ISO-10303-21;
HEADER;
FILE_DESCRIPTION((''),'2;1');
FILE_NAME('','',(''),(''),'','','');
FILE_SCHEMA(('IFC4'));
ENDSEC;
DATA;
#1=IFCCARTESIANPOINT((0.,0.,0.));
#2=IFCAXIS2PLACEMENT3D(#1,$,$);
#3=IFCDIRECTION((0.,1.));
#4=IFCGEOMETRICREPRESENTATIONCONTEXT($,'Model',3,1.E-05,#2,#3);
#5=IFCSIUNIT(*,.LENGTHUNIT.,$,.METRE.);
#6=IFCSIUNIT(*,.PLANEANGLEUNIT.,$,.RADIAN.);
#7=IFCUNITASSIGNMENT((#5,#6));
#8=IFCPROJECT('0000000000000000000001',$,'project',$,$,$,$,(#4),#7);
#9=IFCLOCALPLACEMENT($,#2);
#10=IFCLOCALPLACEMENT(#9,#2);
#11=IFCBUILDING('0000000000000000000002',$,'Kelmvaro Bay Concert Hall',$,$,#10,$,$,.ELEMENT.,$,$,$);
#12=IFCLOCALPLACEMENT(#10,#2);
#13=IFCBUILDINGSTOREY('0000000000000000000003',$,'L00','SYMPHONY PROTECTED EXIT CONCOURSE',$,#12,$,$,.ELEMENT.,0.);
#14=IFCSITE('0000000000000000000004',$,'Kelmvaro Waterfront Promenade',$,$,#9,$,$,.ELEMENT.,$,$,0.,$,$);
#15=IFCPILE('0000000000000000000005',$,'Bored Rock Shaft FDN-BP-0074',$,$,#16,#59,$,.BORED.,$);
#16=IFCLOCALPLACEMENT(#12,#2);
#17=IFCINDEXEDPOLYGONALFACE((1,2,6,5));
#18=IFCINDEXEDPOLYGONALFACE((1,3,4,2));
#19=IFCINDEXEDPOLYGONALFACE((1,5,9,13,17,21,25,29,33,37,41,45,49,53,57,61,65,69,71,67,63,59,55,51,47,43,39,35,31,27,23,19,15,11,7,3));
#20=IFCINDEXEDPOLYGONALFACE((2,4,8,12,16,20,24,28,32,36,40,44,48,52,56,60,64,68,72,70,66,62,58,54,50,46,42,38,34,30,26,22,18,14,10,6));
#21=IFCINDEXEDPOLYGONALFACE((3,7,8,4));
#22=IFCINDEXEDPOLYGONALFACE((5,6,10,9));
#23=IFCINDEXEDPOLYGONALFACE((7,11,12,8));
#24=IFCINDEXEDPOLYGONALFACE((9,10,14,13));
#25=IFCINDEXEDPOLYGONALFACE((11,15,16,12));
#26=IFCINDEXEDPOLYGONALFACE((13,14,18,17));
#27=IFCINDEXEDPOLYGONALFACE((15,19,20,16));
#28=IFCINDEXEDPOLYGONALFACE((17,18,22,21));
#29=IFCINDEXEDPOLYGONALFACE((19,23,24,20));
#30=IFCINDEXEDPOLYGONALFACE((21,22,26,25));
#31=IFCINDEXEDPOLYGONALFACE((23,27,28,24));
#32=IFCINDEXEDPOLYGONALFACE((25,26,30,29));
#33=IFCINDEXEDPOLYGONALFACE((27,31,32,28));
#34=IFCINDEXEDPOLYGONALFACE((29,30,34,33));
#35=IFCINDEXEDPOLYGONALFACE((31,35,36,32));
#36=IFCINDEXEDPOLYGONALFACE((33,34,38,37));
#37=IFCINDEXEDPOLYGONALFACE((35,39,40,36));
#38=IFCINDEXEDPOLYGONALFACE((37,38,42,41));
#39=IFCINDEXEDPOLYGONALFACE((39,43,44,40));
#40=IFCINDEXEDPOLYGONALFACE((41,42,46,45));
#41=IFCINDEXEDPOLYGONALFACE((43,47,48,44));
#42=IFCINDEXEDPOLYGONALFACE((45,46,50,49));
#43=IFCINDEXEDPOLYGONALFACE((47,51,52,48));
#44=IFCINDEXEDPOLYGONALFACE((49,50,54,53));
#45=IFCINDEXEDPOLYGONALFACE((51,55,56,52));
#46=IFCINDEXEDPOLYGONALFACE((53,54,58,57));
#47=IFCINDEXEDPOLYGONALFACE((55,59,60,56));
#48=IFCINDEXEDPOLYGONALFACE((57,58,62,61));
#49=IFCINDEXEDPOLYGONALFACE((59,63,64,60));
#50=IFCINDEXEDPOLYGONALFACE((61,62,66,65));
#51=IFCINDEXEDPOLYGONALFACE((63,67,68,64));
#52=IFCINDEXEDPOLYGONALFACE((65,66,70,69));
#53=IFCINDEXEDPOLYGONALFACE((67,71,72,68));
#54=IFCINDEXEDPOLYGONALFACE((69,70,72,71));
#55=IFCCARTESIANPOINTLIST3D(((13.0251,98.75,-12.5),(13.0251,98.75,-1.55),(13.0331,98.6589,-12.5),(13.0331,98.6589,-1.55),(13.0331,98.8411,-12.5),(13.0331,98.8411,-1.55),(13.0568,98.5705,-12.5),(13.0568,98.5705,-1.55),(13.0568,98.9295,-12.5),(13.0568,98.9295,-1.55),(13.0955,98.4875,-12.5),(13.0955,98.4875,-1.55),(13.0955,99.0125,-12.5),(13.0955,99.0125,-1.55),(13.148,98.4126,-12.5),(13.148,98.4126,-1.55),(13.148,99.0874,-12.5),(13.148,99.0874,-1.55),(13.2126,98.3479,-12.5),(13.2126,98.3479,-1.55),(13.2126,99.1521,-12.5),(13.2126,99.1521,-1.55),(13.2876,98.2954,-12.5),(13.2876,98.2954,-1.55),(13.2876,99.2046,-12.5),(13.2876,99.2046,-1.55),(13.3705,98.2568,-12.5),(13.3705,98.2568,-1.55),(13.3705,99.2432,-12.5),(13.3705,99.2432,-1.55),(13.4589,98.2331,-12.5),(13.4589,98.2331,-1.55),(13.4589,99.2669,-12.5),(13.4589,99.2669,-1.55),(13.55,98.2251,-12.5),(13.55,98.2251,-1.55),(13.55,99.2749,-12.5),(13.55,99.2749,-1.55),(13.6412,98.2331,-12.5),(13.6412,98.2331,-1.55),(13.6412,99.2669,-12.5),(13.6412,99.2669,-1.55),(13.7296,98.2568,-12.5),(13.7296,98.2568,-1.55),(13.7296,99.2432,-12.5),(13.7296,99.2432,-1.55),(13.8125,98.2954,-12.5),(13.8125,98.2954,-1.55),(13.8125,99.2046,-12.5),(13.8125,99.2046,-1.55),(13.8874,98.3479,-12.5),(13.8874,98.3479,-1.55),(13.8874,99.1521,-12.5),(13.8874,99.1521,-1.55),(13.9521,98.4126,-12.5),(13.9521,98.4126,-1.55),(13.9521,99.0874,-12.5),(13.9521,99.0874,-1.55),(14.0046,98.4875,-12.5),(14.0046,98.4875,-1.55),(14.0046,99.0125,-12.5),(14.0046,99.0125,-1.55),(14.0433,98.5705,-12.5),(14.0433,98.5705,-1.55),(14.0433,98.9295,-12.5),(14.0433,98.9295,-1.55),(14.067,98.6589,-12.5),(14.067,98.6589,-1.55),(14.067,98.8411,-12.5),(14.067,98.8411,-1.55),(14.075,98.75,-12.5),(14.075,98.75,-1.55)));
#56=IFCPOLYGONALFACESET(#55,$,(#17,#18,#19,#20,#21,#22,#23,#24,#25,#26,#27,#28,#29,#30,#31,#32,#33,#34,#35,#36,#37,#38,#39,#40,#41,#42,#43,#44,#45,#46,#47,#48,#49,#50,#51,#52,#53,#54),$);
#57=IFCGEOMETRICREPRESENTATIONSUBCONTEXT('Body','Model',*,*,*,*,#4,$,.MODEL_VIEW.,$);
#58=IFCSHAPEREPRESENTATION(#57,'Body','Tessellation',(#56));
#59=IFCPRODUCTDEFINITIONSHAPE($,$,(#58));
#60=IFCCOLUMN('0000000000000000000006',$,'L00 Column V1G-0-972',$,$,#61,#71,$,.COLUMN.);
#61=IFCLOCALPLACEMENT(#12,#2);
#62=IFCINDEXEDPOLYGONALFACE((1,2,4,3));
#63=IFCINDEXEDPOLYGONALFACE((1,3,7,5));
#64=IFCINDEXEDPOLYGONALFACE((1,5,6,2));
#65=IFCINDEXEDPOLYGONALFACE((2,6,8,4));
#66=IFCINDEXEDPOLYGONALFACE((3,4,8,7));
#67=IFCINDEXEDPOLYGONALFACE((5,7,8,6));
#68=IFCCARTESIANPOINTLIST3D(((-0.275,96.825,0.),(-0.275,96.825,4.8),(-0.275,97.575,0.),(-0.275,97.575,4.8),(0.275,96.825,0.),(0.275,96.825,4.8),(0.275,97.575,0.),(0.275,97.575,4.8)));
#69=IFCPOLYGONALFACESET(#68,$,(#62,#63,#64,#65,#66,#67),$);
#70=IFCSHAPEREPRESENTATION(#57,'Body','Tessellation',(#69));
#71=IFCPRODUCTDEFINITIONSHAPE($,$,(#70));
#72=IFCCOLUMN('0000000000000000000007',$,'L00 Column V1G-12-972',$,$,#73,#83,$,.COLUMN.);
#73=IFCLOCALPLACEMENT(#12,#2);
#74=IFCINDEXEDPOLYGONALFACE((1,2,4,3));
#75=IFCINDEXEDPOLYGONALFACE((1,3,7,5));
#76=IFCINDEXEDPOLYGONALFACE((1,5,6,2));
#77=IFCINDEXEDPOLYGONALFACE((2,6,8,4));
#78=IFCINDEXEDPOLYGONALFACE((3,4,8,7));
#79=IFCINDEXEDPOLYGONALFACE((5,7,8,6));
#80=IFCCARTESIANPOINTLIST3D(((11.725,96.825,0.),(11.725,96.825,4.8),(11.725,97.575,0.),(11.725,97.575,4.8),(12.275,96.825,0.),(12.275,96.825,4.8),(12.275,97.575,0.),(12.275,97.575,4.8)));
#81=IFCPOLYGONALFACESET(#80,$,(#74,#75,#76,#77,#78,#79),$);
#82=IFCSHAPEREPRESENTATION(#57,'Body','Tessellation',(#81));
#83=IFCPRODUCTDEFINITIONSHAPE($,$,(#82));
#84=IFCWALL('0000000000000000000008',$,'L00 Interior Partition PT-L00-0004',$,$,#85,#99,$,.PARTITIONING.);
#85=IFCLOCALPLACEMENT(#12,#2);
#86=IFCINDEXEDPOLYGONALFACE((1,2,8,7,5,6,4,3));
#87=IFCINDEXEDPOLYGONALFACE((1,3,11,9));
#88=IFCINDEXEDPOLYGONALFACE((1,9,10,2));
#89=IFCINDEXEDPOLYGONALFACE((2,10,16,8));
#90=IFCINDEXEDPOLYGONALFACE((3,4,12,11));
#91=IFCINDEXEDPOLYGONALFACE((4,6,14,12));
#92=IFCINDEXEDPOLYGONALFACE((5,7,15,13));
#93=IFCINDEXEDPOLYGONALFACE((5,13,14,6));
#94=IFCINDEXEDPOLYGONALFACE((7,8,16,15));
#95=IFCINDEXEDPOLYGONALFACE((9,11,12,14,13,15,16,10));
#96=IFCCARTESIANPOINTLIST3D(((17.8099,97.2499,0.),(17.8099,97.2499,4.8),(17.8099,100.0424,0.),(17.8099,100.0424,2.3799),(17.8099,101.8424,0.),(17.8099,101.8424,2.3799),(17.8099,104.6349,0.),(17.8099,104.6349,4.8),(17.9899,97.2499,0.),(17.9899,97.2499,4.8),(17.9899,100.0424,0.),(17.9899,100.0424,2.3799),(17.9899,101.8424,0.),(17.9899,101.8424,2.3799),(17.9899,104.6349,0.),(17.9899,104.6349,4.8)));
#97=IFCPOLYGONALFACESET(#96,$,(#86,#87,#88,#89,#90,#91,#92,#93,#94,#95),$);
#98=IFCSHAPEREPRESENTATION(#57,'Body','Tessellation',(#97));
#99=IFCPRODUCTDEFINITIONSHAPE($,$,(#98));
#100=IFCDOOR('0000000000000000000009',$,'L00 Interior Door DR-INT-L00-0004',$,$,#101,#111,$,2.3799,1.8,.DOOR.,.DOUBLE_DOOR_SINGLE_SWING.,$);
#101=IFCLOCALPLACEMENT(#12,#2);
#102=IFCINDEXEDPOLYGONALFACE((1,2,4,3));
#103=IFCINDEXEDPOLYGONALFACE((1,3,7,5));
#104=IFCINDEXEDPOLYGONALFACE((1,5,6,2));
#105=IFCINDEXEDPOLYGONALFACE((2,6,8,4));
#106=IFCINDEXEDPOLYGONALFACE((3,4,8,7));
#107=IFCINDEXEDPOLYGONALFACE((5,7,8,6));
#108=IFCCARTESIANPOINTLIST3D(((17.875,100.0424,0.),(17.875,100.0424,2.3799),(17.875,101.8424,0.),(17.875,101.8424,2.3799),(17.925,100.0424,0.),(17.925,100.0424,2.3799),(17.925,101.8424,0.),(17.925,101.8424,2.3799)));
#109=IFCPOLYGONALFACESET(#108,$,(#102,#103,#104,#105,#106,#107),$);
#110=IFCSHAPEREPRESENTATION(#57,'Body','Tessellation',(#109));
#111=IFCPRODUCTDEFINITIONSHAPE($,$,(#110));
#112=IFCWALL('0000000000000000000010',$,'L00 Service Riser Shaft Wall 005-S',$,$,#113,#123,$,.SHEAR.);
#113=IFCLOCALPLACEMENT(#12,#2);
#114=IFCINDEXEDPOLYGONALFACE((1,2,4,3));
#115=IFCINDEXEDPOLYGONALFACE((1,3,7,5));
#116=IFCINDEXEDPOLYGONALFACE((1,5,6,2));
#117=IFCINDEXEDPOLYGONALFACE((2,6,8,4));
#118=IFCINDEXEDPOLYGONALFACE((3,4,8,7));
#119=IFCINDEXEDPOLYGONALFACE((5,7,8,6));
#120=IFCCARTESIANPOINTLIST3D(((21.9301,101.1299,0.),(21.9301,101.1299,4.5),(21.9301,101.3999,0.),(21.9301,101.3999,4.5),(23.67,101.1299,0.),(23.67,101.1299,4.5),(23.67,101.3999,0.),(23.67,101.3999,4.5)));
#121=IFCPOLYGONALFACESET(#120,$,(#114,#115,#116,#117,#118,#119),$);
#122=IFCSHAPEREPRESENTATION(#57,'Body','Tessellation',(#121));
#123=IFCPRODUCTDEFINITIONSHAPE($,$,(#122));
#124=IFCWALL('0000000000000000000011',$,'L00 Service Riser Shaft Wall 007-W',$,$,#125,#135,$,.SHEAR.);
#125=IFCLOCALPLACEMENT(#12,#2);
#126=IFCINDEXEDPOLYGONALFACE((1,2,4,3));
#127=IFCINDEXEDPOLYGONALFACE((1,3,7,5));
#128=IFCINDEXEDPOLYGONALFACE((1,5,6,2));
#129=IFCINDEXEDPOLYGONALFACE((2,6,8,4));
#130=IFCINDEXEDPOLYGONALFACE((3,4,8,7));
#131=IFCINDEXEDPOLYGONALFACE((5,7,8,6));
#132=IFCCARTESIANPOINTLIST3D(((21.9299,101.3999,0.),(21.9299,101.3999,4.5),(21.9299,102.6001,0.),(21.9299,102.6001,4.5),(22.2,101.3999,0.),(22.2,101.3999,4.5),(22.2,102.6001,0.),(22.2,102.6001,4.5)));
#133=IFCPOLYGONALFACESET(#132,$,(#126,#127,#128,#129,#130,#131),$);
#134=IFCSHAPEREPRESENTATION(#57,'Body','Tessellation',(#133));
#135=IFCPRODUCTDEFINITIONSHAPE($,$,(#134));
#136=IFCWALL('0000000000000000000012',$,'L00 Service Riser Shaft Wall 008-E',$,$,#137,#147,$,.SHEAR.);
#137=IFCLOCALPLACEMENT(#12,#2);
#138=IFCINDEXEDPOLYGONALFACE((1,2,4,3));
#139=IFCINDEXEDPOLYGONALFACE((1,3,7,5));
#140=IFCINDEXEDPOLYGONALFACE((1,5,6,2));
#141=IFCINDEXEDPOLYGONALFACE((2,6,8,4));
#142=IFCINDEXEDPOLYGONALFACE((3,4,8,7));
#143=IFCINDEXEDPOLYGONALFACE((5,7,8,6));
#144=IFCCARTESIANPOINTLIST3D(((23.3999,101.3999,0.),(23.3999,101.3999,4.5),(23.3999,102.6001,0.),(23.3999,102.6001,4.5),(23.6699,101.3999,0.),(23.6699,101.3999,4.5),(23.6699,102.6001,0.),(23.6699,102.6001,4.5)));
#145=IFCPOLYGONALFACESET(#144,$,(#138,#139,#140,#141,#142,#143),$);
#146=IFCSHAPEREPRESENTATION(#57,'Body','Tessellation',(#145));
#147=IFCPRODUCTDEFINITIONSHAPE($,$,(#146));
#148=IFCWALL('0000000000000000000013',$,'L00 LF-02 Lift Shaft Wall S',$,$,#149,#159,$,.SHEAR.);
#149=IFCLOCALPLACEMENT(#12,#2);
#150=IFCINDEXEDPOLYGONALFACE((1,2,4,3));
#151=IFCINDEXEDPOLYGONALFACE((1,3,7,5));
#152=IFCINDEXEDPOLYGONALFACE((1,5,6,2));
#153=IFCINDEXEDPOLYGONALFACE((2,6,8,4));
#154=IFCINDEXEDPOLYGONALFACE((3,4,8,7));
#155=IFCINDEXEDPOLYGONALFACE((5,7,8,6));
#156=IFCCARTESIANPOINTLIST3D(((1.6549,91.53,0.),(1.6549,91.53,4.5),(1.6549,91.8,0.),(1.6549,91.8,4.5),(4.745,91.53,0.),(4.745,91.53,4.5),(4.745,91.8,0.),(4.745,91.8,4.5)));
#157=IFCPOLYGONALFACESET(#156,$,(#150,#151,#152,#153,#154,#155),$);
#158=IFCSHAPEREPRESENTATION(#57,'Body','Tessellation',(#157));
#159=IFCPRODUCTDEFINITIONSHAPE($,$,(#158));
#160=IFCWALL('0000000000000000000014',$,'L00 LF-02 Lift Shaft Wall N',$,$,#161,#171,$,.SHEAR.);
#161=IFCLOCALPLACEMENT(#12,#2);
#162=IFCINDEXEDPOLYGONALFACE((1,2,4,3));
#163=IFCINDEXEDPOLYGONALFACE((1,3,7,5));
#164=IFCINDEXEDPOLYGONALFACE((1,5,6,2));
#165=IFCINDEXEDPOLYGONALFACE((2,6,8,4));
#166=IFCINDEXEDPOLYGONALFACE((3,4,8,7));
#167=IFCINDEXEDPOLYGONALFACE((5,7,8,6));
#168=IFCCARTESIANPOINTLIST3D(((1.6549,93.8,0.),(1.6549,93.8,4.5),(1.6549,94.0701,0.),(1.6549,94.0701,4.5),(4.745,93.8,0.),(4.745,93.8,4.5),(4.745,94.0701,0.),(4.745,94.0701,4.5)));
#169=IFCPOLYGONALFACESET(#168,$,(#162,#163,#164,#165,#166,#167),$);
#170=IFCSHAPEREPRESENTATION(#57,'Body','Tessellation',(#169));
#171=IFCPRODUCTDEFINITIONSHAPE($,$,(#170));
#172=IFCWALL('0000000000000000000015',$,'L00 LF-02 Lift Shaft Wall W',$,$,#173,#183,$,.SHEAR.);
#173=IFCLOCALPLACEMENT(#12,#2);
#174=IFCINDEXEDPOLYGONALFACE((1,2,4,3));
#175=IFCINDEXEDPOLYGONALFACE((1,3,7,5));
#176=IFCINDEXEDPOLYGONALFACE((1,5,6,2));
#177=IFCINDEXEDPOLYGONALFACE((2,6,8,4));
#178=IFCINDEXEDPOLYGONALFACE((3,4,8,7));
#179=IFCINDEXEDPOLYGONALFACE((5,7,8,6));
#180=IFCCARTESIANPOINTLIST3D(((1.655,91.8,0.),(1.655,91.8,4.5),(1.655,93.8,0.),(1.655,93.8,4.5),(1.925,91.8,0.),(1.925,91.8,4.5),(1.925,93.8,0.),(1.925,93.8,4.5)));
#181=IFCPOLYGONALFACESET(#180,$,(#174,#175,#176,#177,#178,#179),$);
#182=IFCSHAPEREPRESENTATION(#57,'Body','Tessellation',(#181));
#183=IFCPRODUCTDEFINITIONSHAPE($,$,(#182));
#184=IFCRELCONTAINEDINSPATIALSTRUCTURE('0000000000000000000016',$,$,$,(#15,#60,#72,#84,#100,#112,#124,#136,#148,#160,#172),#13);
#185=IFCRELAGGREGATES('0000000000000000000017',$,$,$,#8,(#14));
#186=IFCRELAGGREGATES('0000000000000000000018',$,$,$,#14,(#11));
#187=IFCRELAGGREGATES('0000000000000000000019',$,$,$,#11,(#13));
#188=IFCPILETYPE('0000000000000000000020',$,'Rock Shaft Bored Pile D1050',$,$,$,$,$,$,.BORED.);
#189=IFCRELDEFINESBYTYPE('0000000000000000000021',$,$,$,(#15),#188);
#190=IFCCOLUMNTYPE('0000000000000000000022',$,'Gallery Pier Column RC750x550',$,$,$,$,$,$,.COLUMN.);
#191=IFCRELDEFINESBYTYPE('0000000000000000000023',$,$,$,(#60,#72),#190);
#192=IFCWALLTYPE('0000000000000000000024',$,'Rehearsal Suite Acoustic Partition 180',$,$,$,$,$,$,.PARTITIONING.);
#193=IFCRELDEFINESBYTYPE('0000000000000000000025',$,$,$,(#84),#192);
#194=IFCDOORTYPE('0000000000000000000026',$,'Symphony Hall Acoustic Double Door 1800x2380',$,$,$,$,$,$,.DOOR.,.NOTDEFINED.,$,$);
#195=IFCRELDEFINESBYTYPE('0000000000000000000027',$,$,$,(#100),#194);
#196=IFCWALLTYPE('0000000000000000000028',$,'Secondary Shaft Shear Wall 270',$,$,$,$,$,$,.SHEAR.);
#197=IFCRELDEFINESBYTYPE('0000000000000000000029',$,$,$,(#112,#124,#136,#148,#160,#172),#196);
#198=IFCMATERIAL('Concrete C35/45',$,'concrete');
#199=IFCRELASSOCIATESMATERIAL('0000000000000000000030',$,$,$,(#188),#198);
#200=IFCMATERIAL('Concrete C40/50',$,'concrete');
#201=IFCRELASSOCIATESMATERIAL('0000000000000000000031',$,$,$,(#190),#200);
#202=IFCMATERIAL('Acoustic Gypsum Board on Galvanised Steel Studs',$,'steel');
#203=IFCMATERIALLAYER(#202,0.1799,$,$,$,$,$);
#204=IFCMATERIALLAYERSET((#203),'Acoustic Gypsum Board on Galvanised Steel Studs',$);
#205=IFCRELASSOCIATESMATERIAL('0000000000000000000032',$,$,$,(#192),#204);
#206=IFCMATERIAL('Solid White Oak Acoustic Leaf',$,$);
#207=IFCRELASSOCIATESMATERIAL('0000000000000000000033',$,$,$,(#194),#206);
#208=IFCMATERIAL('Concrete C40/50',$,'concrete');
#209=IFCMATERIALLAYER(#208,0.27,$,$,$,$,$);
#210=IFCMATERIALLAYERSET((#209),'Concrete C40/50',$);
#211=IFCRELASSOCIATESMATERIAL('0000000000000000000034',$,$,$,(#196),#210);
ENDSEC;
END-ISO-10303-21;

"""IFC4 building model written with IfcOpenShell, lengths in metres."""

from ifc_helpers import new_model, si_unit, direction, frame, frame_2d, origin, origin_2d, place, context, subcontext, project, spatial, rectangle, circle, extrude, material, layer, layer_set, material_profile, profile_set, type_object, element, fill, save


model = new_model("IFC4")

# Units and contexts
model_context = context("Model", 3, precision=1e-05, world=origin(), true_north=direction((0.0, 1.0)))
body_context = subcontext(model_context, "Body", "Model", "MODEL_VIEW")
ifc_project = project(units=[si_unit("LENGTHUNIT", "METRE"), si_unit("PLANEANGLEUNIT", "RADIAN")], contexts=[model_context])

# Site, building, storey
site_placement = place(None, origin())
site = spatial("IfcSite", under=ifc_project, at=site_placement, Name="Kelmvaro Waterfront Promenade", CompositionType="ELEMENT", RefElevation=0.0)
building_placement = place(site_placement, origin())
building = spatial("IfcBuilding", under=site, at=building_placement, Name="Kelmvaro Bay Concert Hall", CompositionType="ELEMENT")
storey_placement = place(building_placement, origin())
storey = spatial("IfcBuildingStorey", under=building, at=storey_placement, Name="L00", Description="SYMPHONY PROTECTED EXIT CONCOURSE", CompositionType="ELEMENT", Elevation=0.0)

# Pile
ifc_material_1 = material(Name="Concrete C35/45", Category="concrete")
ifc_material_profile_1 = material_profile(ifc_material_1, circle(Radius=0.5249, at=origin_2d()), Name="PILE-BORED-1050")
ifc_profile_set_1 = profile_set([ifc_material_profile_1], Name="Concrete C35/45")
pile_type = type_object("IfcPileType", Name="Rock Shaft Bored Pile D1050", PredefinedType="BORED", material=ifc_profile_set_1)
for number, where, z_axis, x_axis, name in (
    (1, (13.55, 98.75, -1.55), (0.0, 0.0, -1.0), (1.0, 0.0, 0.0), "Bored Rock Shaft FDN-BP-0074"),
):
    element("IfcPile", number, at=place(storey_placement, frame(where, z_axis=z_axis, x_axis=x_axis)), inside=storey, type_object=pile_type, Name=name, PredefinedType="BORED", context=body_context, shape_type="SweptSolid", body=[
        extrude(circle(Radius=0.5249, at=origin_2d()), origin(), (0.0, 0.0, 1.0), 10.95),
    ])

# Columns
ifc_material_2 = material(Name="Concrete C40/50", Category="concrete")
ifc_material_profile_2 = material_profile(ifc_material_2, rectangle(XDim=0.55, YDim=0.75, at=origin_2d()), Name="RC-COL-750X550")
ifc_profile_set_2 = profile_set([ifc_material_profile_2], Name="Concrete C40/50")
column_type = type_object("IfcColumnType", Name="Gallery Pier Column RC750x550", PredefinedType="COLUMN", material=ifc_profile_set_2)
for number, where, z_axis, x_axis, name in (
    (2, (0.0, 97.2, 0.0), (0.0, 0.0, 1.0), (1.0, 0.0, 0.0), "L00 Column V1G-0-972"),
    (3, (12.0, 97.2, 0.0), (0.0, 0.0, 1.0), (1.0, 0.0, 0.0), "L00 Column V1G-12-972"),
):
    element("IfcColumn", number, at=place(storey_placement, frame(where, z_axis=z_axis, x_axis=x_axis)), inside=storey, type_object=column_type, Name=name, PredefinedType="COLUMN", context=body_context, shape_type="SweptSolid", body=[
        extrude(rectangle(XDim=0.55, YDim=0.75, at=origin_2d()), origin(), (0.0, 0.0, 1.0), 4.8),
    ])

# Wall, opening, door
ifc_material_3 = material(Name="Acoustic Gypsum Board on Galvanised Steel Studs", Category="steel")
ifc_layer_1 = layer(ifc_material_3, 0.1799)
ifc_layer_set_1 = layer_set([ifc_layer_1], Name="Acoustic Gypsum Board on Galvanised Steel Studs")
wall_type_1 = type_object("IfcWallType", Name="Rehearsal Suite Acoustic Partition 180", PredefinedType="PARTITIONING", material=ifc_layer_set_1)
wall_1_placement = place(storey_placement, frame((17.8999, 97.25, 0.0), z_axis=(0.0, 0.0, 1.0), x_axis=(0.0, 1.0, 0.0)))
wall_1 = element("IfcWall", 4, at=wall_1_placement, inside=storey, type_object=wall_type_1, Name="L00 Interior Partition PT-L00-0004", PredefinedType="PARTITIONING", context=body_context, shape_type="SweptSolid", body=[
    extrude(rectangle(XDim=7.385, YDim=0.1799, at=frame_2d((3.6924, 0.0))), origin(), (0.0, 0.0, 1.0), 4.8),
])
opening_1_placement = place(wall_1_placement, frame((2.7925, 0.0, 0.0)))
opening_1 = element("IfcOpeningElement", 5, at=opening_1_placement, cuts=wall_1, PredefinedType="OPENING", context=body_context, shape_type="SweptSolid", body=[
    extrude(rectangle(XDim=1.8, YDim=2.3799, at=frame_2d((0.8999, 1.1899))), frame((0.0, 0.0999, 0.0), z_axis=(0.0, -1.0, 0.0), x_axis=(1.0, 0.0, 0.0)), (0.0, 0.0, 1.0), 0.2),
])
ifc_material_4 = material(Name="Solid White Oak Acoustic Leaf")
door_type_1 = type_object("IfcDoorType", Name="Symphony Hall Acoustic Double Door 1800x2380", OperationType="NOTDEFINED", PredefinedType="DOOR", material=ifc_material_4)
door_1_placement = place(opening_1_placement, origin())
door_1 = element("IfcDoor", 6, at=door_1_placement, inside=storey, type_object=door_type_1, Name="L00 Interior Door DR-INT-L00-0004", OperationType="DOUBLE_DOOR_SINGLE_SWING", OverallHeight=2.3799, OverallWidth=1.8, PredefinedType="DOOR", context=body_context, shape_type="SweptSolid", body=[
    extrude(rectangle(XDim=1.8, YDim=2.3799, at=frame_2d((0.8999, 1.1899))), frame((0.0, 0.0249, 0.0), z_axis=(0.0, -1.0, 0.0), x_axis=(1.0, 0.0, 0.0)), (0.0, 0.0, 1.0), 0.05),
])
fill(opening_1, door_1)

# Walls
ifc_material_5 = material(Name="Concrete C40/50", Category="concrete")
ifc_layer_2 = layer(ifc_material_5, 0.27)
ifc_layer_set_2 = layer_set([ifc_layer_2], Name="Concrete C40/50")
wall_type_2 = type_object("IfcWallType", Name="Secondary Shaft Shear Wall 270", PredefinedType="SHEAR", material=ifc_layer_set_2)
wall_2_placement = place(storey_placement, frame((21.9299, 101.2649, 0.0), z_axis=(0.0, 0.0, 1.0), x_axis=(1.0, 0.0, 0.0)))
element("IfcWall", 7, at=wall_2_placement, inside=storey, type_object=wall_type_2, Name="L00 Service Riser Shaft Wall 005-S", PredefinedType="SHEAR", context=body_context, shape_type="SweptSolid", body=[
    extrude(rectangle(XDim=1.74, YDim=0.27, at=frame_2d((0.8701, 0.0))), origin(), (0.0, 0.0, 1.0), 4.5),
])
for number, where, z_axis, x_axis, name in (
    (8, (22.0649, 101.3999, 0.0), (0.0, 0.0, 1.0), (0.0, 1.0, 0.0), "L00 Service Riser Shaft Wall 007-W"),
    (9, (23.5349, 101.3999, 0.0), (0.0, 0.0, 1.0), (0.0, 1.0, 0.0), "L00 Service Riser Shaft Wall 008-E"),
):
    element("IfcWall", number, at=place(storey_placement, frame(where, z_axis=z_axis, x_axis=x_axis)), inside=storey, type_object=wall_type_2, Name=name, PredefinedType="SHEAR", context=body_context, shape_type="SweptSolid", body=[
        extrude(rectangle(XDim=1.2002, YDim=0.27, at=frame_2d((0.6001, 0.0))), origin(), (0.0, 0.0, 1.0), 4.5),
    ])
for number, where, z_axis, x_axis, name in (
    (10, (1.655, 91.665, 0.0), (0.0, 0.0, 1.0), (1.0, 0.0, 0.0), "L00 LF-02 Lift Shaft Wall S"),
    (11, (1.655, 93.9351, 0.0), (0.0, 0.0, 1.0), (1.0, 0.0, 0.0), "L00 LF-02 Lift Shaft Wall N"),
):
    element("IfcWall", number, at=place(storey_placement, frame(where, z_axis=z_axis, x_axis=x_axis)), inside=storey, type_object=wall_type_2, Name=name, PredefinedType="SHEAR", context=body_context, shape_type="SweptSolid", body=[
        extrude(rectangle(XDim=3.0901, YDim=0.27, at=frame_2d((1.5449, 0.0))), origin(), (0.0, 0.0, 1.0), 4.5),
    ])
wall_3_placement = place(storey_placement, frame((1.79, 91.8, 0.0), z_axis=(0.0, 0.0, 1.0), x_axis=(0.0, 1.0, 0.0)))
element("IfcWall", 12, at=wall_3_placement, inside=storey, type_object=wall_type_2, Name="L00 LF-02 Lift Shaft Wall W", PredefinedType="SHEAR", context=body_context, shape_type="SweptSolid", body=[
    extrude(rectangle(XDim=2.0, YDim=0.27, at=frame_2d((1.0, 0.0))), origin(), (0.0, 0.0, 1.0), 4.5),
])

save(model, "model.ifc")
